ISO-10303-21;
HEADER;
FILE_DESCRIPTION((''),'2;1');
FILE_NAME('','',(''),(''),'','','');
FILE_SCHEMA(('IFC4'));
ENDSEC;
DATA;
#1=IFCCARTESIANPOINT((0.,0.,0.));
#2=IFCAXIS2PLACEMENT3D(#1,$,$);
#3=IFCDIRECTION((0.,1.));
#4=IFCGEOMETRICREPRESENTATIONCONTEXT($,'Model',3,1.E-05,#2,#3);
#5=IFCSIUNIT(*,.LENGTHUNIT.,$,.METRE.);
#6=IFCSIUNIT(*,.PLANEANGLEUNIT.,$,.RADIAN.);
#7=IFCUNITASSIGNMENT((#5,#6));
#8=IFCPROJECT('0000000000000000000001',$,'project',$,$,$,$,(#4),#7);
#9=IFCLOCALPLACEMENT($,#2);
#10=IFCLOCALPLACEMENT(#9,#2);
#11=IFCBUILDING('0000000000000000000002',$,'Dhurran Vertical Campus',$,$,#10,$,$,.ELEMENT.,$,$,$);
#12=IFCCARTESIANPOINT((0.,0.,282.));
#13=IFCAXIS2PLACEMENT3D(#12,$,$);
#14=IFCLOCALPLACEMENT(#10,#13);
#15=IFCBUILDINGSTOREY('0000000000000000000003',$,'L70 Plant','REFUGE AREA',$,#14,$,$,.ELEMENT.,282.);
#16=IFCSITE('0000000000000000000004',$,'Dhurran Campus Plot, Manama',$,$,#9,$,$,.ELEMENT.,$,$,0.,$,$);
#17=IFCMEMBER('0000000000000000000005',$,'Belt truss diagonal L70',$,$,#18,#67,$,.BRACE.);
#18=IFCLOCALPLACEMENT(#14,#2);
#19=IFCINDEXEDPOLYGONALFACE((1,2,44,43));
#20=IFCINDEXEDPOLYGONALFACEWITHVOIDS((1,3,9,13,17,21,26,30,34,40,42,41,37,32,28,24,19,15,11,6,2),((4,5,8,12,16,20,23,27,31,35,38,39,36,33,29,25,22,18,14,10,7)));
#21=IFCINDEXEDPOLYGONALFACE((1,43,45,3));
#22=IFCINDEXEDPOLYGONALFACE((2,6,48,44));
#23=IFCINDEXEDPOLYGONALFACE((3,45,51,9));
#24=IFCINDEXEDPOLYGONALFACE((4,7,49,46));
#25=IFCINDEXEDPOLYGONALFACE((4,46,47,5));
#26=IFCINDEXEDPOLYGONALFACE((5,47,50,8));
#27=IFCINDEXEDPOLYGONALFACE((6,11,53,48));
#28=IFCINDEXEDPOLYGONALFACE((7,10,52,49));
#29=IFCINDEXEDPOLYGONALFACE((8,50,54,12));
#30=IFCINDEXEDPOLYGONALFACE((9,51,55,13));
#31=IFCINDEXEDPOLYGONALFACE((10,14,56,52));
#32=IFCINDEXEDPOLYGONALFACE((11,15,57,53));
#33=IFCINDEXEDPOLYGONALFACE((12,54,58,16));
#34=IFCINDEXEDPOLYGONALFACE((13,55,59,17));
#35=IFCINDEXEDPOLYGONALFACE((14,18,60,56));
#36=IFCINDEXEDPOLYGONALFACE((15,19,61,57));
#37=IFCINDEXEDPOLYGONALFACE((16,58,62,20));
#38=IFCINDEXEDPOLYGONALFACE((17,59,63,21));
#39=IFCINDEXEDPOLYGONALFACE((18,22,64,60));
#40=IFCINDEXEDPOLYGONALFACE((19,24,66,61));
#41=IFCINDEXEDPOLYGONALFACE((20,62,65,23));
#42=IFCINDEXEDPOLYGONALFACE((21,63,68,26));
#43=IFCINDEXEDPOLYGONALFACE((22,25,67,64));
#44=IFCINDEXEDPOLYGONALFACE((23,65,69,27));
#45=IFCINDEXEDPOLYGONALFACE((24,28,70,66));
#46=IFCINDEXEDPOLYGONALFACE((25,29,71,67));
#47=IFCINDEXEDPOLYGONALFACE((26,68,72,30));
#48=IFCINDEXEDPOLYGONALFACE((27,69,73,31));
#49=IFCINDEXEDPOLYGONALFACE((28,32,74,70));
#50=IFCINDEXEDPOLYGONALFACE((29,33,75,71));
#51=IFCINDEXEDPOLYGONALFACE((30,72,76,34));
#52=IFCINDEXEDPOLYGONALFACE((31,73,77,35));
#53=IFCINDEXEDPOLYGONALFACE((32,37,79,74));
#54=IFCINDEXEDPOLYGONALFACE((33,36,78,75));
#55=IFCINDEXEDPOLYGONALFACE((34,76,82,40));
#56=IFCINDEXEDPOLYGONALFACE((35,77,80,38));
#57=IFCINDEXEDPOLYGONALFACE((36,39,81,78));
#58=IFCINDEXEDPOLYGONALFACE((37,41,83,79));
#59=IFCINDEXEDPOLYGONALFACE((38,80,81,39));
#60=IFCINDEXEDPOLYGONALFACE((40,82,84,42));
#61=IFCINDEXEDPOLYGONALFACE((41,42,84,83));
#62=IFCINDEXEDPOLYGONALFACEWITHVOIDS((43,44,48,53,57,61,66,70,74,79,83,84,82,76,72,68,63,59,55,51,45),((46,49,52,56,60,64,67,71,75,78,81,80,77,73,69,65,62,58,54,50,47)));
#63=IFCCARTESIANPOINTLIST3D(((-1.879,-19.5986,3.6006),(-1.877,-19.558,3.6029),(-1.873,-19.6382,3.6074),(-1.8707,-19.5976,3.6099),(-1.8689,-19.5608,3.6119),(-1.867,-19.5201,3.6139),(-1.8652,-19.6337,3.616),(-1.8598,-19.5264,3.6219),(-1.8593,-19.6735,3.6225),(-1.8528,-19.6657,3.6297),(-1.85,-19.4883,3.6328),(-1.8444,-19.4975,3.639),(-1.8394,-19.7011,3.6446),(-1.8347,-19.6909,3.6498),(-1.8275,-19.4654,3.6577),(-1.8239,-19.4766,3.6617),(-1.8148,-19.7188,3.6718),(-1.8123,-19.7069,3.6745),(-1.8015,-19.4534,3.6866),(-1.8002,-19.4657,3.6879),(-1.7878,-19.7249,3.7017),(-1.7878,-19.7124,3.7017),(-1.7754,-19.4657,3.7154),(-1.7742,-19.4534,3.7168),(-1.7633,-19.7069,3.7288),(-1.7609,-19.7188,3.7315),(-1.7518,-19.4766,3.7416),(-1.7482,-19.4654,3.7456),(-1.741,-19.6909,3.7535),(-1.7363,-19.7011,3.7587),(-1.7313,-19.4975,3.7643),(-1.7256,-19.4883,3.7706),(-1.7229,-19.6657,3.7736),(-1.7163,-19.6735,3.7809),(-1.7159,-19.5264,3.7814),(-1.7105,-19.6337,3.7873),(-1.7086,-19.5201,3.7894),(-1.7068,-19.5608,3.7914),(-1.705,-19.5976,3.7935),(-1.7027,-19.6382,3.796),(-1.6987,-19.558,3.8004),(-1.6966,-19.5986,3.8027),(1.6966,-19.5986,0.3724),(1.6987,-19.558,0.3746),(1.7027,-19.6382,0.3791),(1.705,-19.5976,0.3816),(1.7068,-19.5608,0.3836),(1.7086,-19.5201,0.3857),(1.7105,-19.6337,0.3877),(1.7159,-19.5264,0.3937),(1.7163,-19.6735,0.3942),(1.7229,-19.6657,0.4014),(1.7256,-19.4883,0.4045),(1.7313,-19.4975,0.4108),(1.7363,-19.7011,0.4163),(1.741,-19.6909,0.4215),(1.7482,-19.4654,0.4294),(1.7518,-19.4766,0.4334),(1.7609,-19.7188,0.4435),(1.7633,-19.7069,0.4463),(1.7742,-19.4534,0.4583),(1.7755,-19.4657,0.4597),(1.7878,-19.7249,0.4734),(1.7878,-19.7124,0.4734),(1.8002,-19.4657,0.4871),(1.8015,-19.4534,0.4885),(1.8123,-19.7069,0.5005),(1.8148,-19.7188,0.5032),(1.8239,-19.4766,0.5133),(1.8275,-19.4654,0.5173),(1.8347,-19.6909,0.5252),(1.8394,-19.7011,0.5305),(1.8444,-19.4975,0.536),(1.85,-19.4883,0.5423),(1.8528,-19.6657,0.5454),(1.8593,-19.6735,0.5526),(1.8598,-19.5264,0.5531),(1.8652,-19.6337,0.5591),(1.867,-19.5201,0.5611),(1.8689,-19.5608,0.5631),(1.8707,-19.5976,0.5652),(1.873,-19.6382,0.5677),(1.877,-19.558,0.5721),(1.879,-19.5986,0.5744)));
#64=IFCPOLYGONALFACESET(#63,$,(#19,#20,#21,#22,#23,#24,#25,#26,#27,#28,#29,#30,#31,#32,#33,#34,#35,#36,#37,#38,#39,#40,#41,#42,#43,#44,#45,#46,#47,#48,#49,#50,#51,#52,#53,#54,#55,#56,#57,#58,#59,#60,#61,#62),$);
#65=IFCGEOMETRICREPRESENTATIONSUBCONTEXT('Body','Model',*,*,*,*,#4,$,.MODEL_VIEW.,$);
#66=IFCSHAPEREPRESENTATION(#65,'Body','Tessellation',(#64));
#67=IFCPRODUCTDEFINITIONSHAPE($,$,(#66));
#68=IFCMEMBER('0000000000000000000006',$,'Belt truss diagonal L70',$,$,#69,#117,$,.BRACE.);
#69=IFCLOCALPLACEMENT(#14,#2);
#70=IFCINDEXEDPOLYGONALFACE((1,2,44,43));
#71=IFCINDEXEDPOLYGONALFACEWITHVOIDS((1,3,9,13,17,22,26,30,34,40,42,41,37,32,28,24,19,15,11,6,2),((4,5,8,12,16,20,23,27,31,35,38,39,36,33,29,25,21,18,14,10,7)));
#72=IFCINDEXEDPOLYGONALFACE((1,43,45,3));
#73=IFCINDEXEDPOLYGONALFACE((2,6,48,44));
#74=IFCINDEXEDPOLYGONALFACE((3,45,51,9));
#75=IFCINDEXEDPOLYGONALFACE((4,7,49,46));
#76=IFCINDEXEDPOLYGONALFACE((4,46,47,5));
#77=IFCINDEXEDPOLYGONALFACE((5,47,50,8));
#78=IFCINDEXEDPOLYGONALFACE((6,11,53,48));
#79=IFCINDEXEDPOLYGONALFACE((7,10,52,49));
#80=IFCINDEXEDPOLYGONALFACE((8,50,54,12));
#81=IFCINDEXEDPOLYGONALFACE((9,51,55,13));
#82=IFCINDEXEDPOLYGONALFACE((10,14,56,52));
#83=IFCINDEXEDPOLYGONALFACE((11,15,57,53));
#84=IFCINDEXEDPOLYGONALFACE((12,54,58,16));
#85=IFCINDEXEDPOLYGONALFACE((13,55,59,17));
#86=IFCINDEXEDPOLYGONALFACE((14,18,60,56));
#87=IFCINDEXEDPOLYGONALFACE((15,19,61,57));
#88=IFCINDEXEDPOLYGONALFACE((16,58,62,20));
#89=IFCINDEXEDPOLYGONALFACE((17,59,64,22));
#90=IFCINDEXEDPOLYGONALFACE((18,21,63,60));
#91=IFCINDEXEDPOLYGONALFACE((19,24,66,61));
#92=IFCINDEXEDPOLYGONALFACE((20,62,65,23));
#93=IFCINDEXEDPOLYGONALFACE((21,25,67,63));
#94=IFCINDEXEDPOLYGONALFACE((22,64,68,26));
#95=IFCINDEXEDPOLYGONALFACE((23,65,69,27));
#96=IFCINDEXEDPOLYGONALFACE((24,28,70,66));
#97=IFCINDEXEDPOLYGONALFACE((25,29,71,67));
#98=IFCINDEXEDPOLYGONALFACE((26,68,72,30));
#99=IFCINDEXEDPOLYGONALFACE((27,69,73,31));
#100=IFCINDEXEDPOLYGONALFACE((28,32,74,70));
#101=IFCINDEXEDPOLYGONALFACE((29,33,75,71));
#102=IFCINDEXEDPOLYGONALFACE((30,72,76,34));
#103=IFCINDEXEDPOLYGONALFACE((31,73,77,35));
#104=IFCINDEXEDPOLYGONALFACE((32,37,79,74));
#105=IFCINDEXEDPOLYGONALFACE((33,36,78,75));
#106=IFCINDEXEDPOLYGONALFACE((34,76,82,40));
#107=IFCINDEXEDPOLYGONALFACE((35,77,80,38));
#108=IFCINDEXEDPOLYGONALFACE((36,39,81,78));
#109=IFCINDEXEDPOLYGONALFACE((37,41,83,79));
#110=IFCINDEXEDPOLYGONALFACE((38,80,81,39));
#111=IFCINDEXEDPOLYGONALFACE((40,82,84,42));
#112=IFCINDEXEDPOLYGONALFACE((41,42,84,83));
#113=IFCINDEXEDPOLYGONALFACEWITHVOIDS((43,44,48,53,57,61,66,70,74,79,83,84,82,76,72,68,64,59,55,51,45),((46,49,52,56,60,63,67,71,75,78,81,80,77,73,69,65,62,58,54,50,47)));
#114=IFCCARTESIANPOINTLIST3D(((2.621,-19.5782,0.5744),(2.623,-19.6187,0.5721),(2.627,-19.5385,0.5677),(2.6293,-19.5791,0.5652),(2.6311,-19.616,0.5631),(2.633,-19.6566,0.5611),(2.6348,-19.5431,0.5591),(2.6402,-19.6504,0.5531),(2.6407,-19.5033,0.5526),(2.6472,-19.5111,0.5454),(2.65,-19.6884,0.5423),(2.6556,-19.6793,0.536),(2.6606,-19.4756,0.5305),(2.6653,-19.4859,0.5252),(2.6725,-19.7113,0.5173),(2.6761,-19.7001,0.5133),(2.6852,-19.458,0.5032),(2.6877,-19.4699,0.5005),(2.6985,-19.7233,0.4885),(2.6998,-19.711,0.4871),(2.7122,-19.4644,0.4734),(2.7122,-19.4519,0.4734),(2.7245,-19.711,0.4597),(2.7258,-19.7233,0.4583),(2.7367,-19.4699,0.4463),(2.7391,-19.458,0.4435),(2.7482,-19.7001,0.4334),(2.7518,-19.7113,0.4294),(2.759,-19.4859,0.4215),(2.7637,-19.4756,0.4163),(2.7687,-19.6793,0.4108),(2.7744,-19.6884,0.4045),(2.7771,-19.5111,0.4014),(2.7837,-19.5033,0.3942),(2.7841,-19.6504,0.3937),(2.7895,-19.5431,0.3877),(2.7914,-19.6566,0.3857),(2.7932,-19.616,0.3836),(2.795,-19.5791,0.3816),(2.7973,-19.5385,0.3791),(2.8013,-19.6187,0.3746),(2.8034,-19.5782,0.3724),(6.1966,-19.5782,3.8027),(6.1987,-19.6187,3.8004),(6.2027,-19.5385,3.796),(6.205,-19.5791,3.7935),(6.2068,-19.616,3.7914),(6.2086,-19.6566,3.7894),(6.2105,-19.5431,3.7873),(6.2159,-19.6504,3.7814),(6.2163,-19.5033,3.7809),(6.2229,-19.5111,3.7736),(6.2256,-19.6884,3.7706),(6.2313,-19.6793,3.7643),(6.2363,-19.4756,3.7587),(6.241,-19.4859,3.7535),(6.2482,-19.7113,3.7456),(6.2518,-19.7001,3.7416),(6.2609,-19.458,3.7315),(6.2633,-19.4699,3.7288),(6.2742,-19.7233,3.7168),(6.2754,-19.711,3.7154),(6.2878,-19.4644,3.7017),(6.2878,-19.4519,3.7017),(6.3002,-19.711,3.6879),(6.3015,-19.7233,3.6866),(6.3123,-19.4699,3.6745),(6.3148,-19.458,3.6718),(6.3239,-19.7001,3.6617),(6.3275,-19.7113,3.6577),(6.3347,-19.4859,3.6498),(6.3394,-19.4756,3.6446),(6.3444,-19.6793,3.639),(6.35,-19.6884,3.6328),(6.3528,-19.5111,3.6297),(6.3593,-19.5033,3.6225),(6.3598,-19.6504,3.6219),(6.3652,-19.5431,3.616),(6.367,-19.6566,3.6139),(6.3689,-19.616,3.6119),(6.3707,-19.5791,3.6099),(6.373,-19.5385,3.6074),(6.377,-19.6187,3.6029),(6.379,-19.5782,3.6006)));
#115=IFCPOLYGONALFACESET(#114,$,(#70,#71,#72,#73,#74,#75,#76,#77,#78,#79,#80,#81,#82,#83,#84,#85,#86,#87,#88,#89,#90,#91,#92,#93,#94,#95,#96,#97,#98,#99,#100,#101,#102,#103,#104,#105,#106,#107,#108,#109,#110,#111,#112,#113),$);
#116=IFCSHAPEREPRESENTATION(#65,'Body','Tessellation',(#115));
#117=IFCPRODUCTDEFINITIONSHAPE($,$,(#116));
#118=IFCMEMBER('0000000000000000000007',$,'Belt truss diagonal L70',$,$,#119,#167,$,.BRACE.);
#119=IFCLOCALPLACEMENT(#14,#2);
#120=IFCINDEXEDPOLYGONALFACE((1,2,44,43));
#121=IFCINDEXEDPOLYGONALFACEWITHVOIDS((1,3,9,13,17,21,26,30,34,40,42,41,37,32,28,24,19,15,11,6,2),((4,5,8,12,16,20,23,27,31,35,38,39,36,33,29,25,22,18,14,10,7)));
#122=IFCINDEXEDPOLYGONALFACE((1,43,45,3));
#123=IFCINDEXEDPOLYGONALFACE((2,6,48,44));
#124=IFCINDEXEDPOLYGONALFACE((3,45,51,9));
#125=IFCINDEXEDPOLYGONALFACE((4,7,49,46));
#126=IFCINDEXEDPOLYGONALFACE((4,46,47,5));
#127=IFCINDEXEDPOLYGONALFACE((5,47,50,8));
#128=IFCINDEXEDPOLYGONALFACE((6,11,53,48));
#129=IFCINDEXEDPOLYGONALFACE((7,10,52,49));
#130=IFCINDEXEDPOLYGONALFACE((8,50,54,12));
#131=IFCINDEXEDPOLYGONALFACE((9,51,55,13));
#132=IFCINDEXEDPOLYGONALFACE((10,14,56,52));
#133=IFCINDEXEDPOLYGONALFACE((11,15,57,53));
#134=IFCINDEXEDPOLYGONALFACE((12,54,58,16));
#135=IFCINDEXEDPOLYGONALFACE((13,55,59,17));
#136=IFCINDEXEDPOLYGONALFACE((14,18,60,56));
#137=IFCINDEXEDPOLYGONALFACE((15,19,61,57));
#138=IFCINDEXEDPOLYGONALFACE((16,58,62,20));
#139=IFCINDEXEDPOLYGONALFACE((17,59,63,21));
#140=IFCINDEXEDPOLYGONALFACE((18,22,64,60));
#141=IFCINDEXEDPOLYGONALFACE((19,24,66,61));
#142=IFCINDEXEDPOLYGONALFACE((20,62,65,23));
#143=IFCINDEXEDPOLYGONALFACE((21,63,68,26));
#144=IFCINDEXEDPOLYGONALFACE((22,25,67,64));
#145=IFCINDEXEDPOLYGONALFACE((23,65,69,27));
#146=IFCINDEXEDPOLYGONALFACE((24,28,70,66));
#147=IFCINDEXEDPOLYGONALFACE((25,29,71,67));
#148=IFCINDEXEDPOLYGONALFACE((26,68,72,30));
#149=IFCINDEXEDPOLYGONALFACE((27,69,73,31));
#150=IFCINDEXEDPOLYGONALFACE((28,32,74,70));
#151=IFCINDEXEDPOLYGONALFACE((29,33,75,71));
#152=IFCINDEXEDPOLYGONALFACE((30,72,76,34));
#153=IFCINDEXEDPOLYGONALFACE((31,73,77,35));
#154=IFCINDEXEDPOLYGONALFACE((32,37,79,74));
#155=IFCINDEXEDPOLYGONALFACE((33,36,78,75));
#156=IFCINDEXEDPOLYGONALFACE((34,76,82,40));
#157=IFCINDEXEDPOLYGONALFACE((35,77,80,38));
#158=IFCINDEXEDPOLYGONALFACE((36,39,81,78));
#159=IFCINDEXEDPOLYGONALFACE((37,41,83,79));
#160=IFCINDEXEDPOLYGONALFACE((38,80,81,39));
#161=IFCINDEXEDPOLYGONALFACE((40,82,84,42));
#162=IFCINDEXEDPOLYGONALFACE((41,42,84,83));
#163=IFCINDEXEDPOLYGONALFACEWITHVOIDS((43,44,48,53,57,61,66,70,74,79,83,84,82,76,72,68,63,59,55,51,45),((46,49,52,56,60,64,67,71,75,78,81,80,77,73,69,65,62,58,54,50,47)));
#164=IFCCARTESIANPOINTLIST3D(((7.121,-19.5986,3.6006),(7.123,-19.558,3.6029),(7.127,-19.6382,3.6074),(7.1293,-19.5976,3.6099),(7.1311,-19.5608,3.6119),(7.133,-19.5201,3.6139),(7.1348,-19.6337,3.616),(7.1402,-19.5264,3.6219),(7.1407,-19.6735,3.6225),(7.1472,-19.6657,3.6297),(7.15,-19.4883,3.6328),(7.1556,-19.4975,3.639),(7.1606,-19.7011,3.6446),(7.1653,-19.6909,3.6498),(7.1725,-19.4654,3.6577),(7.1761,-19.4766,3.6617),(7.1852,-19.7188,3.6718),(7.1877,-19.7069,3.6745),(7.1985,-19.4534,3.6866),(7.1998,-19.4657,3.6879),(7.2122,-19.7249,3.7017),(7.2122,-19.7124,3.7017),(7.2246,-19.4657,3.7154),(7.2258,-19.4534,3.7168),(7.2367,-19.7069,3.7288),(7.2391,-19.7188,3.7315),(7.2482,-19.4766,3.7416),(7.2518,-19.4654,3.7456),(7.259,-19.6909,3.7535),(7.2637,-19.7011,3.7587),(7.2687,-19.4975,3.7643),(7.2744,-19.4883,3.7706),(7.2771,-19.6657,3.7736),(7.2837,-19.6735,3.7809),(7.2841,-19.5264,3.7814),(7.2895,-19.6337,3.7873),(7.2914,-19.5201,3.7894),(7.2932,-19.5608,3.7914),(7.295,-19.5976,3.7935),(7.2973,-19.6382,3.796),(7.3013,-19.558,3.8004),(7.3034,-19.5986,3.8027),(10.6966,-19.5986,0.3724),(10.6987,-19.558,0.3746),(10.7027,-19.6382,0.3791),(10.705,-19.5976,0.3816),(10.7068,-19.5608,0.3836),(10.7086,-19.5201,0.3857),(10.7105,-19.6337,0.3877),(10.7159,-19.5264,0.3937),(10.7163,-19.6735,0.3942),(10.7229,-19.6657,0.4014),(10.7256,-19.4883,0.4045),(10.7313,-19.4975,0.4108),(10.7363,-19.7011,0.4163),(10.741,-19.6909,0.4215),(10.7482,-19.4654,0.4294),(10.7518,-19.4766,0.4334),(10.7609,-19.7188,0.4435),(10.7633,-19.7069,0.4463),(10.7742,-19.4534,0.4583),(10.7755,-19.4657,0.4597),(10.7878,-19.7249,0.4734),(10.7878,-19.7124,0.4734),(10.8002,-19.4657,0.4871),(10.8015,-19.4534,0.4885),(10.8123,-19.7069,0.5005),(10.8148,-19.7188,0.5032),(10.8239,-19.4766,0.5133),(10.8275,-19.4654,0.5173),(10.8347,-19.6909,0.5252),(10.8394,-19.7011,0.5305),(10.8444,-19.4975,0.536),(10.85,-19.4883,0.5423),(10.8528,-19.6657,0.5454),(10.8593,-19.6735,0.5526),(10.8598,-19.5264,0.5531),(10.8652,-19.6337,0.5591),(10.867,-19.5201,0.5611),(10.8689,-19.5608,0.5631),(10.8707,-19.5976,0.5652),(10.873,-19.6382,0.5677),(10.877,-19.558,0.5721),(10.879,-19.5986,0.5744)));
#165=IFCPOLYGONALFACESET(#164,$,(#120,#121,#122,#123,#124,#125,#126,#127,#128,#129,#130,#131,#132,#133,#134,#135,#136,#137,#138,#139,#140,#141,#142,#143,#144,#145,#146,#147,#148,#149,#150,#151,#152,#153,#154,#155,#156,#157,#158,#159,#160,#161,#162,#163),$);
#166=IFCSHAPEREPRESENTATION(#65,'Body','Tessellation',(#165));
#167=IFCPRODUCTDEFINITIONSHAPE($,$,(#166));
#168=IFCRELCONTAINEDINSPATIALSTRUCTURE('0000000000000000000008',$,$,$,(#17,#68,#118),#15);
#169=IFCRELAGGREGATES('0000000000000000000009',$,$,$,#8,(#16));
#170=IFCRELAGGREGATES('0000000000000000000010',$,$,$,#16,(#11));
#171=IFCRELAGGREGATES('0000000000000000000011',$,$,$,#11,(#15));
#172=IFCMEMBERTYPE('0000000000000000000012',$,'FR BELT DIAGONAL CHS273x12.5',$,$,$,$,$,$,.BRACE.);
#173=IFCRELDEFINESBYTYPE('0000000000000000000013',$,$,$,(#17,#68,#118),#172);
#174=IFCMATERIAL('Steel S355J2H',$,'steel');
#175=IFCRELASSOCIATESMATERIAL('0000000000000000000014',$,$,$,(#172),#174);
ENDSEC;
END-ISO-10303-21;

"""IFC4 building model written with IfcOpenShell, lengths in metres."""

from ifc_helpers import new_model, si_unit, direction, frame, origin, origin_2d, place, context, subcontext, project, spatial, hollow_circle, extrude, material, material_profile, profile_set, type_object, element, save


model = new_model("IFC4")

# Units and contexts
model_context = context("Model", 3, precision=1e-05, world=origin(), true_north=direction((0.0, 1.0)))
body_context = subcontext(model_context, "Body", "Model", "MODEL_VIEW")
ifc_project = project(units=[si_unit("LENGTHUNIT", "METRE"), si_unit("PLANEANGLEUNIT", "RADIAN")], contexts=[model_context])

# Site, building, storey
site_placement = place(None, origin())
site = spatial("IfcSite", under=ifc_project, at=site_placement, Name="Dhurran Campus Plot, Manama", CompositionType="ELEMENT", RefElevation=0.0)
building_placement = place(site_placement, origin())
building = spatial("IfcBuilding", under=site, at=building_placement, Name="Dhurran Vertical Campus", CompositionType="ELEMENT")
storey_placement = place(building_placement, frame((0.0, 0.0, 282.0)))
storey = spatial("IfcBuildingStorey", under=building, at=storey_placement, Name="L70 Plant", Description="REFUGE AREA", CompositionType="ELEMENT", Elevation=282.0)

# Members
ifc_material_1 = material(Name="Steel S355J2H", Category="steel")
ifc_material_profile_1 = material_profile(ifc_material_1, hollow_circle(Radius=0.1365, WallThickness=0.0125, at=origin_2d()), Name="CHS273x12.5")
ifc_profile_set_1 = profile_set([ifc_material_profile_1], Name="Steel S355J2H")
member_type = type_object("IfcMemberType", Name="FR BELT DIAGONAL CHS273x12.5", PredefinedType="BRACE", material=ifc_profile_set_1)
for number, where, z_axis, x_axis, name in (
    (1, (1.7878, -19.5884, 0.4734), (-0.742245, 0.0, 0.670129), (0.0, -1.0, 0.0), "Belt truss diagonal L70"),
    (2, (2.7122, -19.5884, 0.4734), (0.742245, 0.0, 0.670129), (0.0, 1.0, 0.0), "Belt truss diagonal L70"),
    (3, (10.7878, -19.5884, 0.4734), (-0.742245, 0.0, 0.670129), (0.0, -1.0, 0.0), "Belt truss diagonal L70"),
):
    element("IfcMember", number, at=place(storey_placement, frame(where, z_axis=z_axis, x_axis=x_axis)), inside=storey, type_object=member_type, Name=name, PredefinedType="BRACE", context=body_context, shape_type="SweptSolid", body=[
        extrude(hollow_circle(Radius=0.1365, WallThickness=0.0125, at=origin_2d()), origin(), (0.0, 0.0, 1.0), 4.8174),
    ])

save(model, "model.ifc")
